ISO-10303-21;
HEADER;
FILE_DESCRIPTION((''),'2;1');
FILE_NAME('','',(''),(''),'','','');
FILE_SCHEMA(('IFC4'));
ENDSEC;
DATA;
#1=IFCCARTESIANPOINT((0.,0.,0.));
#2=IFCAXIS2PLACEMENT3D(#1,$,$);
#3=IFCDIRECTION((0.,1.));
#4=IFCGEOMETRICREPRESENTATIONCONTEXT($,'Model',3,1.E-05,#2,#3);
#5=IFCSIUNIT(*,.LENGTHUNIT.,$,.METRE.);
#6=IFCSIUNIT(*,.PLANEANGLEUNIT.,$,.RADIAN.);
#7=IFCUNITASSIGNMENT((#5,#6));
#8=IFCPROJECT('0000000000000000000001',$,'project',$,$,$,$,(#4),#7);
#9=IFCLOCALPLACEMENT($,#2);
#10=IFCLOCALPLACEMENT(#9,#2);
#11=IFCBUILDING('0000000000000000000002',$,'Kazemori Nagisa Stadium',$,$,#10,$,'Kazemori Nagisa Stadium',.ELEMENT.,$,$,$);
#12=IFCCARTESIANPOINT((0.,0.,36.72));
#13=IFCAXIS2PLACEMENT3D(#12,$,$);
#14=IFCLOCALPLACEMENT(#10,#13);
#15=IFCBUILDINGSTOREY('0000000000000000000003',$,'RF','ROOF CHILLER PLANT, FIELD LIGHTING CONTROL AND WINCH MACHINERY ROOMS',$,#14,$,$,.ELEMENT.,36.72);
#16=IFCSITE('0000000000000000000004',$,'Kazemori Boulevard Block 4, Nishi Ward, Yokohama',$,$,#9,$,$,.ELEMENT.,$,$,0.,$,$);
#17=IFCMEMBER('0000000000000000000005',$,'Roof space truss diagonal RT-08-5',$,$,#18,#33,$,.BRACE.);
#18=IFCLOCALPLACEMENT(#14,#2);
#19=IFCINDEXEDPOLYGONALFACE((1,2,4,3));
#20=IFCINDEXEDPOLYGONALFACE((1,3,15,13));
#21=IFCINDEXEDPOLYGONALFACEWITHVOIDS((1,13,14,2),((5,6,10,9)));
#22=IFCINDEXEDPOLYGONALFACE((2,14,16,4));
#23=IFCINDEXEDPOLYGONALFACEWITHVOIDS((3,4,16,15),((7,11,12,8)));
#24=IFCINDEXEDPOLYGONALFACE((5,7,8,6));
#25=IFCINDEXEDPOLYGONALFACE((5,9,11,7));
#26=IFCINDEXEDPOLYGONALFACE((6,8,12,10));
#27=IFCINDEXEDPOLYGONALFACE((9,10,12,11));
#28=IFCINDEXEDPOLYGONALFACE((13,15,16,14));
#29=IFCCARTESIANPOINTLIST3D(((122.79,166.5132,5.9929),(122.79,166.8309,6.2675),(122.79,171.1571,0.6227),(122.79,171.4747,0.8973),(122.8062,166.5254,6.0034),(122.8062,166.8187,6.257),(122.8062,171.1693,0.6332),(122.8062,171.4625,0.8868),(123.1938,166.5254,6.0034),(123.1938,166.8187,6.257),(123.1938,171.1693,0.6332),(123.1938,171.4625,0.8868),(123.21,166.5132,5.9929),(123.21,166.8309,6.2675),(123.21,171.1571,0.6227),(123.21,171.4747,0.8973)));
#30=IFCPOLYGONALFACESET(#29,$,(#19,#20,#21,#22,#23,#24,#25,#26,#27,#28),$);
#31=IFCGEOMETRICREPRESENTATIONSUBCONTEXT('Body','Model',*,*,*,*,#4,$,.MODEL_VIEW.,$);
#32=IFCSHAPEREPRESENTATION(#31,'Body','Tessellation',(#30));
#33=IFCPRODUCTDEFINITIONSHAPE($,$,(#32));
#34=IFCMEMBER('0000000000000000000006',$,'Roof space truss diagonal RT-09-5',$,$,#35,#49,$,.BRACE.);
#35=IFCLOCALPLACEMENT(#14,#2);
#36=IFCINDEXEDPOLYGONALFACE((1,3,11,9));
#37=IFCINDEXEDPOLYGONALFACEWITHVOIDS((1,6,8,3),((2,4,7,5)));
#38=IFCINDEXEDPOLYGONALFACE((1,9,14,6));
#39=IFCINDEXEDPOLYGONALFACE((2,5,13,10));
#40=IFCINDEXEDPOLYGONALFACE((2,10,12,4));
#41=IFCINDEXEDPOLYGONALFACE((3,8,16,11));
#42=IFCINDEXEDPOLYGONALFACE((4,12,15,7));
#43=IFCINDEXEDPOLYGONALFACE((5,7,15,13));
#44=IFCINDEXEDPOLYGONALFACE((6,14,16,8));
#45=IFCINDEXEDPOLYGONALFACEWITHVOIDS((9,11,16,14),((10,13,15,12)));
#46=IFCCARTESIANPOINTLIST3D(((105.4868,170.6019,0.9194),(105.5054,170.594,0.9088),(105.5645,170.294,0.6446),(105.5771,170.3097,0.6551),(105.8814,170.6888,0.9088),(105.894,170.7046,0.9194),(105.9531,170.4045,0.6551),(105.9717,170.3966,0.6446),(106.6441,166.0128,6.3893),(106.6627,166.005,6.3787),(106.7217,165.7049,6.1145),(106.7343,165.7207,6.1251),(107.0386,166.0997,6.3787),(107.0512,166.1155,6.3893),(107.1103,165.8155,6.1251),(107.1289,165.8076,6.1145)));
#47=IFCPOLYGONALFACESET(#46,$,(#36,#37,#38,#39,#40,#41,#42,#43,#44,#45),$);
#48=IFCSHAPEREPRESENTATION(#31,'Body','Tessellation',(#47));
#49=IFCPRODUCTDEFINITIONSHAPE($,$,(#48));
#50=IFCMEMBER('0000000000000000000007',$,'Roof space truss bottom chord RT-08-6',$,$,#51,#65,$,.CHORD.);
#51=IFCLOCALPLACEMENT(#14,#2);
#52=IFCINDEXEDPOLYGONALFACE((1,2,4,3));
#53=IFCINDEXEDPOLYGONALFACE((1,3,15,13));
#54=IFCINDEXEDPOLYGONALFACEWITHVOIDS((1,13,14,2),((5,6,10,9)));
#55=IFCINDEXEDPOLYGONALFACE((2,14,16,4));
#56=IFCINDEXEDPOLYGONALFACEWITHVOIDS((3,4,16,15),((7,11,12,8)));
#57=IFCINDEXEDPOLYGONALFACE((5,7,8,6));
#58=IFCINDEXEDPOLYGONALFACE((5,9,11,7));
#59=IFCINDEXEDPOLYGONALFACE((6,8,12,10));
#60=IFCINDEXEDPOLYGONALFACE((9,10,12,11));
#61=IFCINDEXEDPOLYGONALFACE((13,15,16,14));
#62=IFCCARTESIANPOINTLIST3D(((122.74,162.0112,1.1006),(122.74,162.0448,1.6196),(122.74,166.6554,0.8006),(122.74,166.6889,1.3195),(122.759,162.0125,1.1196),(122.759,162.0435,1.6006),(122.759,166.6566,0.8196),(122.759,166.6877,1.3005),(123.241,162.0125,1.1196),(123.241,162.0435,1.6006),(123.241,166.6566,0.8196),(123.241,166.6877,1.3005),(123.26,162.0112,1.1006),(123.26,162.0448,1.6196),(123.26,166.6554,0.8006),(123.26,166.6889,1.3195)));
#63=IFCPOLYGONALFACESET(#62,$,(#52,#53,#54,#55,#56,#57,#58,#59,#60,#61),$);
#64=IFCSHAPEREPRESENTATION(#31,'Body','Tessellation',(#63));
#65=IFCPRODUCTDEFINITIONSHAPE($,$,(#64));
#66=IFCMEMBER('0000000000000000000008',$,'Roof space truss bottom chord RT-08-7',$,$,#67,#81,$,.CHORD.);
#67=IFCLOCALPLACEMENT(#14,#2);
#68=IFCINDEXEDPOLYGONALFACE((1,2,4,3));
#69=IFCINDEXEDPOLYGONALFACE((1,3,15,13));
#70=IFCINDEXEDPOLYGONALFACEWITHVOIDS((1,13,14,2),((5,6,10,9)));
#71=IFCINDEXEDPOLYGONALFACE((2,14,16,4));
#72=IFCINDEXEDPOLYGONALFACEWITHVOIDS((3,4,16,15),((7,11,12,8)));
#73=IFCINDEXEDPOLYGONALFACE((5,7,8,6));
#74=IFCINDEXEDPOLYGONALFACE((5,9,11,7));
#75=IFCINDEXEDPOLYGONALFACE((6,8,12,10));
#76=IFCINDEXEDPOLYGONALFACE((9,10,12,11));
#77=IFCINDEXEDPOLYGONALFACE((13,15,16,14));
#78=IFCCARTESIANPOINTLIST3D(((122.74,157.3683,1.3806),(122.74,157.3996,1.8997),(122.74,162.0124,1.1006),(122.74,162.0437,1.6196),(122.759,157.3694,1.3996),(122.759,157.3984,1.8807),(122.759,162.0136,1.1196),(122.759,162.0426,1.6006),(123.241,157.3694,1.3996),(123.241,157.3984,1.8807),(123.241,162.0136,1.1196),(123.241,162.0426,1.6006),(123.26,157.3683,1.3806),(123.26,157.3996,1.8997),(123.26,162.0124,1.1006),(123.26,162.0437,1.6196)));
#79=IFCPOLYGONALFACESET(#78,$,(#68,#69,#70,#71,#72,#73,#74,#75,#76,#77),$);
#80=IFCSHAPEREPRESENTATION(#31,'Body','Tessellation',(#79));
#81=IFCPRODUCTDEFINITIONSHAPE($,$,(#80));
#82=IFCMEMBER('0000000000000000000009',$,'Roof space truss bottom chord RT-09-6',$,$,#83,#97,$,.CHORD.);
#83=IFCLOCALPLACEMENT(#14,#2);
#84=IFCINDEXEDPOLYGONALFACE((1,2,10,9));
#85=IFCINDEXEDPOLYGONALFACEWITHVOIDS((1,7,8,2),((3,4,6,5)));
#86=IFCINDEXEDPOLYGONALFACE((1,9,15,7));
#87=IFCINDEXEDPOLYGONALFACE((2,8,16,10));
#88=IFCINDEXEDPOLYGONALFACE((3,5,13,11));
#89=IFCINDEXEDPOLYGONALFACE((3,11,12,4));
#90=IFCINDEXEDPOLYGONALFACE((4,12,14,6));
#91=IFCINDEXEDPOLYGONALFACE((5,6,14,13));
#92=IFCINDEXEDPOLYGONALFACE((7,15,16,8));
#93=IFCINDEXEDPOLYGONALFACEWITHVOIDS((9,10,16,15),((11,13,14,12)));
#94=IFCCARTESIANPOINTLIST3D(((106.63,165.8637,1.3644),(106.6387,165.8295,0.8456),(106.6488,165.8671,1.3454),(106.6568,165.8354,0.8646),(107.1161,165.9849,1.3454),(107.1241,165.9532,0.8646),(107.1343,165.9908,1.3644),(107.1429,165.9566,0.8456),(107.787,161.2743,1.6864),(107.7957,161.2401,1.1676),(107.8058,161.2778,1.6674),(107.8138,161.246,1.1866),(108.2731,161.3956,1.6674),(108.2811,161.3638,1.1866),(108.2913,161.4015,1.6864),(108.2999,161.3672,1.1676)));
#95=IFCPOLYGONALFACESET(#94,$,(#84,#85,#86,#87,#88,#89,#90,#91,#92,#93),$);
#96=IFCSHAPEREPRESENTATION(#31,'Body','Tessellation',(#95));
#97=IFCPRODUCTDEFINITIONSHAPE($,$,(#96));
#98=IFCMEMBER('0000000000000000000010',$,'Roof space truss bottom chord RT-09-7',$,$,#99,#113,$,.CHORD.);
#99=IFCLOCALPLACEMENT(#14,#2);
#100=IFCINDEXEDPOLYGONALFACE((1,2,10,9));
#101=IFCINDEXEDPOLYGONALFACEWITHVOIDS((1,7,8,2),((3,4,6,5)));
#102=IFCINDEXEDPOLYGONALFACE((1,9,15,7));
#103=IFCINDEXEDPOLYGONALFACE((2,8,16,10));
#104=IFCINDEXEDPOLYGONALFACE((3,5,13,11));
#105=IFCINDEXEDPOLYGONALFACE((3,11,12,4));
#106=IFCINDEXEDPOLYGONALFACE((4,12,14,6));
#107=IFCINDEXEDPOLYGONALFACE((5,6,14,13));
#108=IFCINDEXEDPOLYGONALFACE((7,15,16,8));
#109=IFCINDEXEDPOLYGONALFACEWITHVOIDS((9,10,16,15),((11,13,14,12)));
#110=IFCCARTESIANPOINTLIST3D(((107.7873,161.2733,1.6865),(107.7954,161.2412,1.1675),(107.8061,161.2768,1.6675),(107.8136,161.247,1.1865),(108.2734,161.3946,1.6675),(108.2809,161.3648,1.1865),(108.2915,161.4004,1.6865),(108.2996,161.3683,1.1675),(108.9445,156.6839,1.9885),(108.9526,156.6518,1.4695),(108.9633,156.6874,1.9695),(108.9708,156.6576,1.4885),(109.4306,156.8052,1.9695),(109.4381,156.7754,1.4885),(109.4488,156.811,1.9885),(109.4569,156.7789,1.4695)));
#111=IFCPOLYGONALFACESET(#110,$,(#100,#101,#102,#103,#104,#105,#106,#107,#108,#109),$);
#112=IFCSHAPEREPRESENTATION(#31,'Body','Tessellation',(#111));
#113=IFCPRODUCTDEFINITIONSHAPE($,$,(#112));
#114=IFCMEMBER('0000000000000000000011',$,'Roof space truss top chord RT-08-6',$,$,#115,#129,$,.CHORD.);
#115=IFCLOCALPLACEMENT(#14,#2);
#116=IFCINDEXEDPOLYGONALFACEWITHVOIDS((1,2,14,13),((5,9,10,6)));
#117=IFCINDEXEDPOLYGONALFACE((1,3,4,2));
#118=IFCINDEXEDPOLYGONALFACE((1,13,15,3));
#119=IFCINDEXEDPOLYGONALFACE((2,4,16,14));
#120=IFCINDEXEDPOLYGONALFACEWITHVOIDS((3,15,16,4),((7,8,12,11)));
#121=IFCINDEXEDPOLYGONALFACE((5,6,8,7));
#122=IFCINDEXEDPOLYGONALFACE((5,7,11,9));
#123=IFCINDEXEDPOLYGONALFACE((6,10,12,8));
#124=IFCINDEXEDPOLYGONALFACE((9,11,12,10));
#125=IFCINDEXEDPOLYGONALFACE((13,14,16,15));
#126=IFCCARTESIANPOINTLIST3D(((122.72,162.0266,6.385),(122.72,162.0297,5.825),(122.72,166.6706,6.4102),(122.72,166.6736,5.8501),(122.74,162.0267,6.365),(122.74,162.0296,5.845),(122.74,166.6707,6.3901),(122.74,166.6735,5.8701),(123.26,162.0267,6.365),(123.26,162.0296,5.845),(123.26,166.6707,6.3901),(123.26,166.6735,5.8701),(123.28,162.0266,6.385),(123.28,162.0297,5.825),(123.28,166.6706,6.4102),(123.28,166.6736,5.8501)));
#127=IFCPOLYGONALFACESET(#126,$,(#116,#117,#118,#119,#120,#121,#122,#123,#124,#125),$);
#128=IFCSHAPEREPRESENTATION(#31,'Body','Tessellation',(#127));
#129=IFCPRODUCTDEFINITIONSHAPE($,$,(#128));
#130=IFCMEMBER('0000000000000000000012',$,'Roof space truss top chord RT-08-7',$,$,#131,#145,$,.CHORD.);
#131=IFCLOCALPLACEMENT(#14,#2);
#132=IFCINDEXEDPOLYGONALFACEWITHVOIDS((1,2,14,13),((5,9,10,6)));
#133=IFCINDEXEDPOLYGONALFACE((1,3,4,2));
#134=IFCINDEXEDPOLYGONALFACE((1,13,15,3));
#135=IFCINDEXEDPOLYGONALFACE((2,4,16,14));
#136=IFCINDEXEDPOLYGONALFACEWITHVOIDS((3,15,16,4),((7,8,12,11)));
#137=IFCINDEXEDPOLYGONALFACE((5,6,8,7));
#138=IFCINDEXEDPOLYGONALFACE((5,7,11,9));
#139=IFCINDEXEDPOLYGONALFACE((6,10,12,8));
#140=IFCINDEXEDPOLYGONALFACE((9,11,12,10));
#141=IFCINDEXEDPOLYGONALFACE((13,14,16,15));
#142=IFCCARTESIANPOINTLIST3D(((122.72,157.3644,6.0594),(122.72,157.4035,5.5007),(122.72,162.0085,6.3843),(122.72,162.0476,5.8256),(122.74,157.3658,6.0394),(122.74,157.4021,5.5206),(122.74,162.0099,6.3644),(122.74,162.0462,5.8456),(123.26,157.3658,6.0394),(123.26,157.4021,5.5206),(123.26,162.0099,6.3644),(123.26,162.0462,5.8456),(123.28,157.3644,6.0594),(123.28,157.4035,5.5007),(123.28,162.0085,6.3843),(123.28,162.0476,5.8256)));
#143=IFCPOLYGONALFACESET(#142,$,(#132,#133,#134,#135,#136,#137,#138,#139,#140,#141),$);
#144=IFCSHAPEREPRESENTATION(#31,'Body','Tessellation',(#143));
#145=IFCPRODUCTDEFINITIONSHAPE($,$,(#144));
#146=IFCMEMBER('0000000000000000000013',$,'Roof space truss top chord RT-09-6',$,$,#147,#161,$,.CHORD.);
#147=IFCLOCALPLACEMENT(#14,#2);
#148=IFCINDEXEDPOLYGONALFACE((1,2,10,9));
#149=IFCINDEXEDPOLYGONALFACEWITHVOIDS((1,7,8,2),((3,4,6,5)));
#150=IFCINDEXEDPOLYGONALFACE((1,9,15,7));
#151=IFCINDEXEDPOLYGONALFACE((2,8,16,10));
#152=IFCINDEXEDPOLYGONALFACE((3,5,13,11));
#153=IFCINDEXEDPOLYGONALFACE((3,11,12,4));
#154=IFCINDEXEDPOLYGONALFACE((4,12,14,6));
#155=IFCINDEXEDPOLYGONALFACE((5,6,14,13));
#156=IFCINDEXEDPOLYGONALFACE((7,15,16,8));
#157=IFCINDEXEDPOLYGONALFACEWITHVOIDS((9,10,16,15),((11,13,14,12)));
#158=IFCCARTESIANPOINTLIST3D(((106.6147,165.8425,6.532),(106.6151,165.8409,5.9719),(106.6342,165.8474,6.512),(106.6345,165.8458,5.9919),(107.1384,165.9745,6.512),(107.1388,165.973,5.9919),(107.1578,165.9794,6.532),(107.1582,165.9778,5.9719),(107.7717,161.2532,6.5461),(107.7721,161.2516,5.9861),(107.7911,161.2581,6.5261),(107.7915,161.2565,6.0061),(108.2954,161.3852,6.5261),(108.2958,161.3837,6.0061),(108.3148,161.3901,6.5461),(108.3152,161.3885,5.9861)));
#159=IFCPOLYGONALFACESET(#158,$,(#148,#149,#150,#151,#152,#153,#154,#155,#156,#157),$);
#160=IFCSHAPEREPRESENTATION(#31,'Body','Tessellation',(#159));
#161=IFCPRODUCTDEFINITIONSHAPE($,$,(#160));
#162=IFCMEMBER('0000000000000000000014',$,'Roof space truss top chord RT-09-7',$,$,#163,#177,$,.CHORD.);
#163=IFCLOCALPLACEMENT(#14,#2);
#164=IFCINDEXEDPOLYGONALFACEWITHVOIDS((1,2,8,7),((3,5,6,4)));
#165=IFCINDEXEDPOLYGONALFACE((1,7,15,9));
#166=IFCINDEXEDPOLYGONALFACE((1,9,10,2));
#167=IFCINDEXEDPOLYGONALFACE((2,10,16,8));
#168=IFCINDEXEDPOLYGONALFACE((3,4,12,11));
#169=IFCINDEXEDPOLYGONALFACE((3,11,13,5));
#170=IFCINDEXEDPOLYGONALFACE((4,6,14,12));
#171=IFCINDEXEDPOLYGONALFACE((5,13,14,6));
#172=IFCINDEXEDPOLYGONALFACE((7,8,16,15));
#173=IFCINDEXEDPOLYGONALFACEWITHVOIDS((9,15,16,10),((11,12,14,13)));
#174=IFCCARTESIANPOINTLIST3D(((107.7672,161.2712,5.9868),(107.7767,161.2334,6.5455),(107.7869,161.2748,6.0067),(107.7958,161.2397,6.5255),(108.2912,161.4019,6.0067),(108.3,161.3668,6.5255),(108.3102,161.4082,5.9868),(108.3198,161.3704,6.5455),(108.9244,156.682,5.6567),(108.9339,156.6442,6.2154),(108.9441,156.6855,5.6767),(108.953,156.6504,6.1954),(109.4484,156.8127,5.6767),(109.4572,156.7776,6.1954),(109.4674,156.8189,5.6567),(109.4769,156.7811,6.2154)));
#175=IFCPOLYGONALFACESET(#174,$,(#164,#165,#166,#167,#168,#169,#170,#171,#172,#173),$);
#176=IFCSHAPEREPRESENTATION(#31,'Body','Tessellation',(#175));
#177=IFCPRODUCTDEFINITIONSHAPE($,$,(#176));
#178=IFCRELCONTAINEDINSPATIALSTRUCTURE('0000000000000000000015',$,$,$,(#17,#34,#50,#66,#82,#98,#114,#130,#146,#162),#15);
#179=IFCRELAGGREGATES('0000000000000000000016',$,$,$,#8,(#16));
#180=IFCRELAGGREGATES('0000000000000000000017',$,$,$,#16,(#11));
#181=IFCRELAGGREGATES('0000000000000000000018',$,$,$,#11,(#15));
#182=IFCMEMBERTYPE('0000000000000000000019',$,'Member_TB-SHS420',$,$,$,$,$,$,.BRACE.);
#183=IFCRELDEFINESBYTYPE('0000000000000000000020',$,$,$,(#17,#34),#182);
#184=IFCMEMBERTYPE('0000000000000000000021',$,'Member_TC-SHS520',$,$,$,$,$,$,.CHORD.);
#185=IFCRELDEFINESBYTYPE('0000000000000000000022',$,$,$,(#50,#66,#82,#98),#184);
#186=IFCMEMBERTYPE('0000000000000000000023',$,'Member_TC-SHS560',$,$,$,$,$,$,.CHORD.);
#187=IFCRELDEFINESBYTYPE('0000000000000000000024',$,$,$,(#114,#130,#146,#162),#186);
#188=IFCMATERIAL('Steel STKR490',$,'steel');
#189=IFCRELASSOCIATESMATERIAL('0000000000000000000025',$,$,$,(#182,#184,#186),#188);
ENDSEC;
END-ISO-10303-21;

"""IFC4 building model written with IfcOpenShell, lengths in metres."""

from ifc_helpers import new_model, si_unit, direction, frame, origin, origin_2d, place, context, subcontext, project, spatial, hollow_rectangle, extrude, material, material_profile, profile_set, type_object, element, save


model = new_model("IFC4")

# Units and contexts
model_context = context("Model", 3, precision=1e-05, world=origin(), true_north=direction((0.0, 1.0)))
body_context = subcontext(model_context, "Body", "Model", "MODEL_VIEW")
ifc_project = project(units=[si_unit("LENGTHUNIT", "METRE"), si_unit("PLANEANGLEUNIT", "RADIAN")], contexts=[model_context])

# Site, building, storey
site_placement = place(None, origin())
site = spatial("IfcSite", under=ifc_project, at=site_placement, Name="Kazemori Boulevard Block 4, Nishi Ward, Yokohama", CompositionType="ELEMENT", RefElevation=0.0)
building_placement = place(site_placement, origin())
building = spatial("IfcBuilding", under=site, at=building_placement, Name="Kazemori Nagisa Stadium", LongName="Kazemori Nagisa Stadium", CompositionType="ELEMENT")
storey_placement = place(building_placement, frame((0.0, 0.0, 36.72)))
storey = spatial("IfcBuildingStorey", under=building, at=storey_placement, Name="RF", Description="ROOF CHILLER PLANT, FIELD LIGHTING CONTROL AND WINCH MACHINERY ROOMS", CompositionType="ELEMENT", Elevation=36.72)

# Members
ifc_material_1 = material(Name="Steel STKR490", Category="steel")
ifc_material_profile_1 = material_profile(ifc_material_1, hollow_rectangle(XDim=0.4199, YDim=0.4199, WallThickness=0.0161, at=origin_2d()), Name="SHS-420x420x16")
ifc_profile_set_1 = profile_set([ifc_material_profile_1], Name="Steel STKR490")
member_type_1 = type_object("IfcMemberType", Name="Member_TB-SHS420", PredefinedType="BRACE", material=ifc_profile_set_1)
member_1_placement = place(storey_placement, frame((123.0, 171.3159, 0.76), z_axis=(0.0, -0.654101, 0.756407), x_axis=(1.0, 0.0, 0.0)))
element("IfcMember", 1, at=member_1_placement, inside=storey, type_object=member_type_1, Name="Roof space truss diagonal RT-08-5", PredefinedType="BRACE", context=body_context, shape_type="SweptSolid", body=[
    extrude(hollow_rectangle(XDim=0.4199, YDim=0.4199, WallThickness=0.0161, at=origin_2d()), origin(), (0.0, 0.0, 1.0), 7.0996),
])
member_2_placement = place(storey_placement, frame((105.7292, 170.4993, 0.782), z_axis=(0.159987, -0.634448, 0.756227), x_axis=(0.969646, 0.244514, 0.0)))
element("IfcMember", 2, at=member_2_placement, inside=storey, type_object=member_type_1, Name="Roof space truss diagonal RT-09-5", PredefinedType="BRACE", context=body_context, shape_type="SweptSolid", body=[
    extrude(hollow_rectangle(XDim=0.4199, YDim=0.4199, WallThickness=0.0161, at=origin_2d()), origin(), (0.0, 0.0, 1.0), 7.2332),
])
ifc_material_profile_2 = material_profile(ifc_material_1, hollow_rectangle(XDim=0.52, YDim=0.52, WallThickness=0.019, at=origin_2d()), Name="SHS-520x520x19")
ifc_profile_set_2 = profile_set([ifc_material_profile_2], Name="Steel STKR490")
member_type_2 = type_object("IfcMemberType", Name="Member_TC-SHS520", PredefinedType="CHORD", material=ifc_profile_set_2)
member_3_placement = place(storey_placement, frame((123.0, 166.6721, 1.0601), z_axis=(0.0, -0.997919, 0.064475), x_axis=(1.0, 0.0, 0.0)))
element("IfcMember", 3, at=member_3_placement, inside=storey, type_object=member_type_2, Name="Roof space truss bottom chord RT-08-6", PredefinedType="CHORD", context=body_context, shape_type="SweptSolid", body=[
    extrude(hollow_rectangle(XDim=0.52, YDim=0.52, WallThickness=0.019, at=origin_2d()), origin(), (0.0, 0.0, 1.0), 4.6538),
])
member_4_placement = place(storey_placement, frame((123.0, 162.0281, 1.3601), z_axis=(0.0, -0.998187, 0.060189), x_axis=(1.0, 0.0, 0.0)))
element("IfcMember", 4, at=member_4_placement, inside=storey, type_object=member_type_2, Name="Roof space truss bottom chord RT-08-7", PredefinedType="CHORD", context=body_context, shape_type="SweptSolid", body=[
    extrude(hollow_rectangle(XDim=0.52, YDim=0.52, WallThickness=0.019, at=origin_2d()), origin(), (0.0, 0.0, 1.0), 4.6526),
])
member_5_placement = place(storey_placement, frame((106.8865, 165.9102, 1.105), z_axis=(0.243889, -0.967425, 0.067881), x_axis=(0.969661, 0.244453, 0.0)))
element("IfcMember", 5, at=member_5_placement, inside=storey, type_object=member_type_2, Name="Roof space truss bottom chord RT-09-6", PredefinedType="CHORD", context=body_context, shape_type="SweptSolid", body=[
    extrude(hollow_rectangle(XDim=0.52, YDim=0.52, WallThickness=0.019, at=origin_2d()), origin(), (0.0, 0.0, 1.0), 4.7439),
])
member_6_placement = place(storey_placement, frame((108.0435, 161.3208, 1.427), z_axis=(0.244005, -0.967681, 0.063678), x_axis=(0.969649, 0.244501, 0.0)))
element("IfcMember", 6, at=member_6_placement, inside=storey, type_object=member_type_2, Name="Roof space truss bottom chord RT-09-7", PredefinedType="CHORD", context=body_context, shape_type="SweptSolid", body=[
    extrude(hollow_rectangle(XDim=0.52, YDim=0.52, WallThickness=0.019, at=origin_2d()), origin(), (0.0, 0.0, 1.0), 4.7427),
])
ifc_material_profile_3 = material_profile(ifc_material_1, hollow_rectangle(XDim=0.5601, YDim=0.5601, WallThickness=0.02, at=origin_2d()), Name="SHS-560x560x20")
ifc_profile_set_3 = profile_set([ifc_material_profile_3], Name="Steel STKR490")
member_type_3 = type_object("IfcMemberType", Name="Member_TC-SHS560", PredefinedType="CHORD", material=ifc_profile_set_3)
member_7_placement = place(storey_placement, frame((123.0, 166.6721, 6.1301), z_axis=(0.0, -0.999985, -0.005415), x_axis=(1.0, 0.0, 0.0)))
element("IfcMember", 7, at=member_7_placement, inside=storey, type_object=member_type_3, Name="Roof space truss top chord RT-08-6", PredefinedType="CHORD", context=body_context, shape_type="SweptSolid", body=[
    extrude(hollow_rectangle(XDim=0.5601, YDim=0.5601, WallThickness=0.02, at=origin_2d()), origin(), (0.0, 0.0, 1.0), 4.644),
])
member_8_placement = place(storey_placement, frame((123.0, 162.0281, 6.105), z_axis=(0.0, -0.997561, -0.069801), x_axis=(1.0, 0.0, 0.0)))
element("IfcMember", 8, at=member_8_placement, inside=storey, type_object=member_type_3, Name="Roof space truss top chord RT-08-7", PredefinedType="CHORD", context=body_context, shape_type="SweptSolid", body=[
    extrude(hollow_rectangle(XDim=0.5601, YDim=0.5601, WallThickness=0.02, at=origin_2d()), origin(), (0.0, 0.0, 1.0), 4.6555),
])
member_9_placement = place(storey_placement, frame((106.8865, 165.9102, 6.252), z_axis=(0.244452, -0.969657, 0.002992), x_axis=(0.969661, 0.244453, 0.0)))
element("IfcMember", 9, at=member_9_placement, inside=storey, type_object=member_type_3, Name="Roof space truss top chord RT-09-6", PredefinedType="CHORD", context=body_context, shape_type="SweptSolid", body=[
    extrude(hollow_rectangle(XDim=0.5601, YDim=0.5601, WallThickness=0.02, at=origin_2d()), origin(), (0.0, 0.0, 1.0), 4.7329),
])
member_10_placement = place(storey_placement, frame((108.0435, 161.3208, 6.2661), z_axis=(0.243909, -0.9673, -0.069571), x_axis=(0.969649, 0.244501, 0.0)))
element("IfcMember", 10, at=member_10_placement, inside=storey, type_object=member_type_3, Name="Roof space truss top chord RT-09-7", PredefinedType="CHORD", context=body_context, shape_type="SweptSolid", body=[
    extrude(hollow_rectangle(XDim=0.5601, YDim=0.5601, WallThickness=0.02, at=origin_2d()), origin(), (0.0, 0.0, 1.0), 4.7444),
])

save(model, "model.ifc")
